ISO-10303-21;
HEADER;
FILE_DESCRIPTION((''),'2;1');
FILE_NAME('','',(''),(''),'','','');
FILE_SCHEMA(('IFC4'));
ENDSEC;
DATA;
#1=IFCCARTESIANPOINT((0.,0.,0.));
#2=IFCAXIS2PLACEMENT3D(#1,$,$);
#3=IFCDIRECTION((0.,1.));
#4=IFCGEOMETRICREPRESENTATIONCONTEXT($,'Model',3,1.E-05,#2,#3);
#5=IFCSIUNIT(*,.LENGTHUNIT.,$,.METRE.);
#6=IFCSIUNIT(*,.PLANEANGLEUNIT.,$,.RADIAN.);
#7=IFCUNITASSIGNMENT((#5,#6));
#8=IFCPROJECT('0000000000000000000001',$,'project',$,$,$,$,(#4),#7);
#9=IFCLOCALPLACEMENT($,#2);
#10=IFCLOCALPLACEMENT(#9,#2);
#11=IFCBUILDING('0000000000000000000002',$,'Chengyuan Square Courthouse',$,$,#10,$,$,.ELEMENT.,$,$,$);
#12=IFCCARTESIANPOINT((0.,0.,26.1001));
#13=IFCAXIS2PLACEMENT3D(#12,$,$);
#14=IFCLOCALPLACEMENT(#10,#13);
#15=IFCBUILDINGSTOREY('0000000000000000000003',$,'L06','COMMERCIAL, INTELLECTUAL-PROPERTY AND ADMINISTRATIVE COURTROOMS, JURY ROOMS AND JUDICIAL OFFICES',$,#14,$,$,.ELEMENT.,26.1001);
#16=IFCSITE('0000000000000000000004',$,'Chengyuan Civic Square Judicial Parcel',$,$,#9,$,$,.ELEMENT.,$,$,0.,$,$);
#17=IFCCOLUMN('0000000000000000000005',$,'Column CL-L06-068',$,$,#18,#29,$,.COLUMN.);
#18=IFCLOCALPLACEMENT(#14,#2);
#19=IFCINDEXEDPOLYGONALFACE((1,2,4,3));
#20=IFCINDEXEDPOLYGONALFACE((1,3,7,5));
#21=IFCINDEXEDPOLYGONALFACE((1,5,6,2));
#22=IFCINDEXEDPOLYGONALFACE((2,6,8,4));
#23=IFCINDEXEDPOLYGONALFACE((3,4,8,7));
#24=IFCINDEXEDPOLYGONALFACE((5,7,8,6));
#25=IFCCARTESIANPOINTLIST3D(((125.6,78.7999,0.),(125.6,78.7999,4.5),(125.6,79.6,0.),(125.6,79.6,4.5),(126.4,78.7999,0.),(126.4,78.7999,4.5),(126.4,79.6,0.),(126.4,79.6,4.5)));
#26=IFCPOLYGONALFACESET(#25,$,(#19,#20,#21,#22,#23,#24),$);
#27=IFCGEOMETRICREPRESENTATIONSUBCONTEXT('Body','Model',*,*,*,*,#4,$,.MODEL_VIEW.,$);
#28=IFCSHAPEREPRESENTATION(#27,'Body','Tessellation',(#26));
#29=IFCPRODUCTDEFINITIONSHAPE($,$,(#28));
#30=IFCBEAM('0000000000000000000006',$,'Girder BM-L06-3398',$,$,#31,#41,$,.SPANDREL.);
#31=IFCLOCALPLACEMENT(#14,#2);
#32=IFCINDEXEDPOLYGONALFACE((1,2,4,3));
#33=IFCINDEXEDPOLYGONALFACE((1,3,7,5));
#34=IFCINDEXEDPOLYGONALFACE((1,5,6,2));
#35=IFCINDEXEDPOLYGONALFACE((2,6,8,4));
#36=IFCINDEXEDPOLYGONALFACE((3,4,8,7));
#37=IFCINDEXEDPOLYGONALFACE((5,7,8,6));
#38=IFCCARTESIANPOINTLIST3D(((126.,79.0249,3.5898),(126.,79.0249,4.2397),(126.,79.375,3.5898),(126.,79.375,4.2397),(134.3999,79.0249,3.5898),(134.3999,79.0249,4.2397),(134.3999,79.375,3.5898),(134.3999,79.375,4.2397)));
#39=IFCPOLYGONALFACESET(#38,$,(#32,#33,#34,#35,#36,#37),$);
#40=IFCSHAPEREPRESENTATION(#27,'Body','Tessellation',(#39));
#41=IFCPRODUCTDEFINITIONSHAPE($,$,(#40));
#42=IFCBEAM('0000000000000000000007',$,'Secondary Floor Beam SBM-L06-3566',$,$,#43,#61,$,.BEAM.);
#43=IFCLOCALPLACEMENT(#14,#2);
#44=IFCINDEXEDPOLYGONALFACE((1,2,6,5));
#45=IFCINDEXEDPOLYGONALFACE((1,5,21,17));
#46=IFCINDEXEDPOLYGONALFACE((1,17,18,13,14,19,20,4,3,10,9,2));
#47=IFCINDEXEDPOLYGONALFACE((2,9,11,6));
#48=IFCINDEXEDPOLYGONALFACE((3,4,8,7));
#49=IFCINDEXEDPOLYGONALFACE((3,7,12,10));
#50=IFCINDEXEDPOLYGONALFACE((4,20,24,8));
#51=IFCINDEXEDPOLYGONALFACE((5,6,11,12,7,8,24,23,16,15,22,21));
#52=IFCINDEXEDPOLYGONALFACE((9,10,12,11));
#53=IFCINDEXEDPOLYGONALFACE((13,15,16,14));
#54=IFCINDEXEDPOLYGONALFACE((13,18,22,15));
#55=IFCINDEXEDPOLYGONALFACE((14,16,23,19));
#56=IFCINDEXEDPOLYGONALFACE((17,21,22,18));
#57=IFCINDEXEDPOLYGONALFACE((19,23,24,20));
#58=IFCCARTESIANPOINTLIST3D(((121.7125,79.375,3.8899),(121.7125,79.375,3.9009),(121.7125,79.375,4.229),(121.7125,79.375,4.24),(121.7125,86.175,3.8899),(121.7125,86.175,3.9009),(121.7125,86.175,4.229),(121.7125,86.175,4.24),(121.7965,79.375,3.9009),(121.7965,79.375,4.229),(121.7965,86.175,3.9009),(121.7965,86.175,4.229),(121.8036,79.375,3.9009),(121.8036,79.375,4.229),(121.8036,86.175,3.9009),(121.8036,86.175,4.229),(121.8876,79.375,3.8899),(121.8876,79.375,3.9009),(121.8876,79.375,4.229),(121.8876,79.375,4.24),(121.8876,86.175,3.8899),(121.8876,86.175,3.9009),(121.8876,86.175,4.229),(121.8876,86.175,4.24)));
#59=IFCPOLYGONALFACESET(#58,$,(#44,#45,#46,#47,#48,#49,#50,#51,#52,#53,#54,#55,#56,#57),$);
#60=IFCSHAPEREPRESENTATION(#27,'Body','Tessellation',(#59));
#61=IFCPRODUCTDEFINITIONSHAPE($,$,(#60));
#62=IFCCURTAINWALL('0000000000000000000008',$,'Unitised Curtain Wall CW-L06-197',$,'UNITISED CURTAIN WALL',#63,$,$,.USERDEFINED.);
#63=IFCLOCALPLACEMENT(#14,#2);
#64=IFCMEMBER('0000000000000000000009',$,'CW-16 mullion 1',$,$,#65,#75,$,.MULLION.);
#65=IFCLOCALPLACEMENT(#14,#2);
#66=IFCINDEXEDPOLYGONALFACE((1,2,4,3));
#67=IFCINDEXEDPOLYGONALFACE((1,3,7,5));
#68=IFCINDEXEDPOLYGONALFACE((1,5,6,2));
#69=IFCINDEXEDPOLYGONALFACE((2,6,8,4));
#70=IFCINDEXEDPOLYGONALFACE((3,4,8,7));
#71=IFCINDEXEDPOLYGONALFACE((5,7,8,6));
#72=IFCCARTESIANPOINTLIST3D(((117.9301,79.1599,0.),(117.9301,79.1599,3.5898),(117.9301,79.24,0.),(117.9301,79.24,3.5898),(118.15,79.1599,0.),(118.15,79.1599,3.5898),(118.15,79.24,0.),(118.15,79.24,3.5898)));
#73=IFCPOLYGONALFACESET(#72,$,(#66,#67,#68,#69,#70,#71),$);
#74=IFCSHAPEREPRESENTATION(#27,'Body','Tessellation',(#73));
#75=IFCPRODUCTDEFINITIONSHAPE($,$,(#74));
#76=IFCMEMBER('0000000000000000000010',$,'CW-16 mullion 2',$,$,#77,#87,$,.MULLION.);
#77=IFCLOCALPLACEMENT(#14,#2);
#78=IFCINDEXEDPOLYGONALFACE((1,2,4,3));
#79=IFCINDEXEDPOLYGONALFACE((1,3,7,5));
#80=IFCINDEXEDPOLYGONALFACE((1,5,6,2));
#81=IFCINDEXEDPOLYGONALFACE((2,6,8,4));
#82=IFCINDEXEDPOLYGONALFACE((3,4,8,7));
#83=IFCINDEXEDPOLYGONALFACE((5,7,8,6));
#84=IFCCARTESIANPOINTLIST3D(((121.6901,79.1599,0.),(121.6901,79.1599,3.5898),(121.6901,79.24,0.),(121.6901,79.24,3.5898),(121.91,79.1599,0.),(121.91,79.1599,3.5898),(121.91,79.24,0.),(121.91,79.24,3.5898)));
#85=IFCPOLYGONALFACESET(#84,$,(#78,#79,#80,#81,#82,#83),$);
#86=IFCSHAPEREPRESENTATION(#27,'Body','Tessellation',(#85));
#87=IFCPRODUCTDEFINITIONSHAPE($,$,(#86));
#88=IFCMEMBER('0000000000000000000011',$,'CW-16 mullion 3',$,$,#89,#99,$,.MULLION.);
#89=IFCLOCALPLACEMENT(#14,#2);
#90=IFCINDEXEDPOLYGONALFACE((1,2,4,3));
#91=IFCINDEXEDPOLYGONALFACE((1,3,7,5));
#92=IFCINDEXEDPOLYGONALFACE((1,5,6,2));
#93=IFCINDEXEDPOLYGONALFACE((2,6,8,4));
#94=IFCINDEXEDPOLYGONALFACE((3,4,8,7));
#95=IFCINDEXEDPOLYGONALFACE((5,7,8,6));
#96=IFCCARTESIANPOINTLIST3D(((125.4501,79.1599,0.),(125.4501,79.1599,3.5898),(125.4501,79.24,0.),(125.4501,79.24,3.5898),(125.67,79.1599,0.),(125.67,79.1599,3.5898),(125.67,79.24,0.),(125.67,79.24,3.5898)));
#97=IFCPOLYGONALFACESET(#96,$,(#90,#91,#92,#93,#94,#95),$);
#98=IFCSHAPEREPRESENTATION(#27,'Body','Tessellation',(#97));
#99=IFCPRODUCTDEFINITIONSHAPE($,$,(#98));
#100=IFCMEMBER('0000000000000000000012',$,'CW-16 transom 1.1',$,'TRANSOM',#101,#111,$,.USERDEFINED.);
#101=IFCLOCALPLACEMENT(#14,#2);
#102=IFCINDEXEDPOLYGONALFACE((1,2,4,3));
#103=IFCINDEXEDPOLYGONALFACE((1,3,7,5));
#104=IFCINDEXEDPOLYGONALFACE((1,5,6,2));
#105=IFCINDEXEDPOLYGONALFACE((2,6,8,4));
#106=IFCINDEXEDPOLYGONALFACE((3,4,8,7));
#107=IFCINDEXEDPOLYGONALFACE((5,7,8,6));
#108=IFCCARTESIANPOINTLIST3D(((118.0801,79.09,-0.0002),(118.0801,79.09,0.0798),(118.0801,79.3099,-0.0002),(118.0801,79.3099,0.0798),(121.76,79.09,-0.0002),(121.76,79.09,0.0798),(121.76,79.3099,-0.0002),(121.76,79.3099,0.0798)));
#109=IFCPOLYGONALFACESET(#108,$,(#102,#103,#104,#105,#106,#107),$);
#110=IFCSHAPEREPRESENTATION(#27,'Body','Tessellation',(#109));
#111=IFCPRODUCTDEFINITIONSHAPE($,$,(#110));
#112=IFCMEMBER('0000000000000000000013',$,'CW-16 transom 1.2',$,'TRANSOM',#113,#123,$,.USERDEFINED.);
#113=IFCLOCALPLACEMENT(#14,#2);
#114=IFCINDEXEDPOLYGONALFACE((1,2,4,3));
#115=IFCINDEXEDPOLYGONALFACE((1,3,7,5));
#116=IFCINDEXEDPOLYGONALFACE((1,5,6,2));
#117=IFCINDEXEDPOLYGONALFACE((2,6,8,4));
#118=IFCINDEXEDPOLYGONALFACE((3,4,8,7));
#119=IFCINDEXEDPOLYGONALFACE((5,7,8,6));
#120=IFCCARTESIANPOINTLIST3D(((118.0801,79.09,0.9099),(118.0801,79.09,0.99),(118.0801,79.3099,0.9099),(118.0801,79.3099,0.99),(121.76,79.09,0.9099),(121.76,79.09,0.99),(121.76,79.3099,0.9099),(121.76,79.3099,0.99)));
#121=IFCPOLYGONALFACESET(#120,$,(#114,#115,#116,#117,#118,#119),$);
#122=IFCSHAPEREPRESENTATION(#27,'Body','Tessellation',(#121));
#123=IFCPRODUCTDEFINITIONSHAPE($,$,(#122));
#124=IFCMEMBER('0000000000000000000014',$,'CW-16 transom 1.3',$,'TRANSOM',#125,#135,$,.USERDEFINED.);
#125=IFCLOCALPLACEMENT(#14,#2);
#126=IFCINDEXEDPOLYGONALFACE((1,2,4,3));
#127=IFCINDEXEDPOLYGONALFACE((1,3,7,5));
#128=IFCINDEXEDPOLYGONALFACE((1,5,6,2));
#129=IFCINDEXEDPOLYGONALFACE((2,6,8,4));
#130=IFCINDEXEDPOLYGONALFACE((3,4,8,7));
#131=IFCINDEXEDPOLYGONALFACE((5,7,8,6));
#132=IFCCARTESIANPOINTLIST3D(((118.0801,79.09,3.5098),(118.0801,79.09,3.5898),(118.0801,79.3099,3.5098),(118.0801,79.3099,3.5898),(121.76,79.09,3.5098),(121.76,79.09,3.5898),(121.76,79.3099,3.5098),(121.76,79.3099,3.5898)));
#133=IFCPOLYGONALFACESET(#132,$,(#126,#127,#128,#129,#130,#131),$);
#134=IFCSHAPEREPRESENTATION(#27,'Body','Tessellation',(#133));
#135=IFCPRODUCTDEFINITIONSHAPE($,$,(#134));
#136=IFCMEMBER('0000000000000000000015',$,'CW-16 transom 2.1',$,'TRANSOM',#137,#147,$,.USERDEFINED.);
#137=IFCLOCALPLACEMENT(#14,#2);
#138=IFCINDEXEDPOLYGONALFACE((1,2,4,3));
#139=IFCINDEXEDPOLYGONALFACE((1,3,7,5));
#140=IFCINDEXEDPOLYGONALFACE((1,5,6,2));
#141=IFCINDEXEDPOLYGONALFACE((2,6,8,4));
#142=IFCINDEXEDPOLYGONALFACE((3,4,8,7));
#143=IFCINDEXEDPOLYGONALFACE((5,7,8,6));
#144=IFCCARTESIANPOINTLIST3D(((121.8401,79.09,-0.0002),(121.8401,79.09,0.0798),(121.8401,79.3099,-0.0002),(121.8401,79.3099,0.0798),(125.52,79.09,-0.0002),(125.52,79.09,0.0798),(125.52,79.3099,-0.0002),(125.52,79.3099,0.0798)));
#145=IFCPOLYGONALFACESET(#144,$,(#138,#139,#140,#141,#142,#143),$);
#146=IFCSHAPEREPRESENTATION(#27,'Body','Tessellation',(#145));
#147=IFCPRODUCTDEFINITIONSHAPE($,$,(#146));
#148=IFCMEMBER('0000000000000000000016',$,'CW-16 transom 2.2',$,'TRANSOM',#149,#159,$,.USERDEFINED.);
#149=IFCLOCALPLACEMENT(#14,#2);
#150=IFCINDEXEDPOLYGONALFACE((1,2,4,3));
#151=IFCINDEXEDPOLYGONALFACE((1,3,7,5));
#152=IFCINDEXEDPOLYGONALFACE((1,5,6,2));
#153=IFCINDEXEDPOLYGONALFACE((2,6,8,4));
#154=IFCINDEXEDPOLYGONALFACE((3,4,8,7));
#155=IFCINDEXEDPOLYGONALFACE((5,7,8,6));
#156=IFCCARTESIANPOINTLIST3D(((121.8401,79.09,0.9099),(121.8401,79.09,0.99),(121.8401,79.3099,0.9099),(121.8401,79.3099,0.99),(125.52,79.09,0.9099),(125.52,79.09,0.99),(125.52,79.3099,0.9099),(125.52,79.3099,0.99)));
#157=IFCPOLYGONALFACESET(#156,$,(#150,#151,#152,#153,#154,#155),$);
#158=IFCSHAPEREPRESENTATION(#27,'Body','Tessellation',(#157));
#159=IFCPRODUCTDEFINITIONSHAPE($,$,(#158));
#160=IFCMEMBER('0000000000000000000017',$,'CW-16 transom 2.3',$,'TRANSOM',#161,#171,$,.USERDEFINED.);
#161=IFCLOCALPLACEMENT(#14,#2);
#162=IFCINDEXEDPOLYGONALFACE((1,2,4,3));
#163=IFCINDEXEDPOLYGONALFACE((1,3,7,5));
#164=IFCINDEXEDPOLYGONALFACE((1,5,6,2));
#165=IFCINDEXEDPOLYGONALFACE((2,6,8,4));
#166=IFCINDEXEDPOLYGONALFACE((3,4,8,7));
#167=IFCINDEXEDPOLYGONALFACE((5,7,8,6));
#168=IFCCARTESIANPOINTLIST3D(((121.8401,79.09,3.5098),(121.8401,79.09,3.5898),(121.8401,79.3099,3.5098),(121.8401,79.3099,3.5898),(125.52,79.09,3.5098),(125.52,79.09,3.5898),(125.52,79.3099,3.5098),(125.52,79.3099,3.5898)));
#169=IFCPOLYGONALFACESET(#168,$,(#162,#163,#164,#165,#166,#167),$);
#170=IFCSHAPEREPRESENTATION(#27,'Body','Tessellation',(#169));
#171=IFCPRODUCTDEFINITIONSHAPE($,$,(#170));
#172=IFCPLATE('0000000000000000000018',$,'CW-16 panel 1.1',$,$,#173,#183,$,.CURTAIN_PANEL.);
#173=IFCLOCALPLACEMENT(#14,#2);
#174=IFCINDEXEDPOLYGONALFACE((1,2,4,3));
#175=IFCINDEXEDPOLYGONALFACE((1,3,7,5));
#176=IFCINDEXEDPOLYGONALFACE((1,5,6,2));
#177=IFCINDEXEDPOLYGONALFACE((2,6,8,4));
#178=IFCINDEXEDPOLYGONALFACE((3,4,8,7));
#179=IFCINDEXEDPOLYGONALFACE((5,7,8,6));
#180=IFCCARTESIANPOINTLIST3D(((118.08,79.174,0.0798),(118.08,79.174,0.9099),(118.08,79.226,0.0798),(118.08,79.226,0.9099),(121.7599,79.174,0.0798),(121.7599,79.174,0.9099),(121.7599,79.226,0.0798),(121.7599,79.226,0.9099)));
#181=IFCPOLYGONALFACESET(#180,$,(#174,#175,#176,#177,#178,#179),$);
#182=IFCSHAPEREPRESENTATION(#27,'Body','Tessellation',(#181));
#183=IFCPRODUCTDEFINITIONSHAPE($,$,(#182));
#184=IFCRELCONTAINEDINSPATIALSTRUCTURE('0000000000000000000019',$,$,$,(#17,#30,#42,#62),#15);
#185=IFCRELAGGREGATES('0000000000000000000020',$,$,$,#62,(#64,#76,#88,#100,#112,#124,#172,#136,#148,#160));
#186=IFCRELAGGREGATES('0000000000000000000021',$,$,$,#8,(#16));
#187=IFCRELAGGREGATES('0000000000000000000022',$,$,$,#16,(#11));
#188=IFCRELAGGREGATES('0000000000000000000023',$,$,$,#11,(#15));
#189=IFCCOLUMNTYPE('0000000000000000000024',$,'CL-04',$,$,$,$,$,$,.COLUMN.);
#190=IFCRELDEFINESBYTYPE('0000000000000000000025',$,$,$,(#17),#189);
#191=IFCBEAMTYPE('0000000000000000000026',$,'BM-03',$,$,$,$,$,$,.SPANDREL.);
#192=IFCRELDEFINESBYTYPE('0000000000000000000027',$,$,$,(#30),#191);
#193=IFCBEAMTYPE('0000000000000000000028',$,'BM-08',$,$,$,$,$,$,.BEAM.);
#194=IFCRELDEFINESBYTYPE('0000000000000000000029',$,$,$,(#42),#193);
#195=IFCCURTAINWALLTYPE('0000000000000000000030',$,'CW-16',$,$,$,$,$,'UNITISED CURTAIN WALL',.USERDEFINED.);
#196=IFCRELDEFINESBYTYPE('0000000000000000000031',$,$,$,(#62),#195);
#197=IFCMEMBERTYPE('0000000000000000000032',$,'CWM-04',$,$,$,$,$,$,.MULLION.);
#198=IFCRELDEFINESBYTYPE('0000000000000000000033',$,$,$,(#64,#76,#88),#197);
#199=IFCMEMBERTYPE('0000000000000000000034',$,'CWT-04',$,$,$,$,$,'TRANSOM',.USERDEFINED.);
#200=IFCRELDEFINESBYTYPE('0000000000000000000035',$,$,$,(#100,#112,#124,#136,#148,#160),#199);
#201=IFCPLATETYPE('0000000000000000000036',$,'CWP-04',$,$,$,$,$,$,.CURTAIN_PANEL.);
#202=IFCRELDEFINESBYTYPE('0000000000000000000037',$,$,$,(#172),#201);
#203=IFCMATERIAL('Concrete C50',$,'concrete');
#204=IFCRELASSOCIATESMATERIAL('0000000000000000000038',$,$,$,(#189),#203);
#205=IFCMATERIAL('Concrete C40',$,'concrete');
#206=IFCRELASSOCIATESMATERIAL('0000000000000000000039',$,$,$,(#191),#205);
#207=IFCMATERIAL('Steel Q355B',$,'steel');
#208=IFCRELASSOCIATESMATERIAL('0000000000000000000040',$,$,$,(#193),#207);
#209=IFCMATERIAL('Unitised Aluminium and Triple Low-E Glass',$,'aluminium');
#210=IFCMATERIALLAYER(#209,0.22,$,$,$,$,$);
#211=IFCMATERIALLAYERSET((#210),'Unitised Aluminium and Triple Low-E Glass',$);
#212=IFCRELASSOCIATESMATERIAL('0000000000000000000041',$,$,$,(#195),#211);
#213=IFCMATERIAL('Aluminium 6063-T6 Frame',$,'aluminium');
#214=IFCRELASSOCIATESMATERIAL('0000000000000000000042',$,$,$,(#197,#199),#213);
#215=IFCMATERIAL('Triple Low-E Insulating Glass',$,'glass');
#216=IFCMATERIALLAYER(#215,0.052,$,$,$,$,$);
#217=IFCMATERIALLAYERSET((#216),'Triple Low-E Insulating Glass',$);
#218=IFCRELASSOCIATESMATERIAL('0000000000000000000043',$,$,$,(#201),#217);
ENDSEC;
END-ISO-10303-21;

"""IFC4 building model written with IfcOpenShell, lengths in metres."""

from ifc_helpers import new_model, si_unit, direction, frame, origin, origin_2d, place, context, subcontext, project, spatial, rectangle, i_section, extrude, material, layer, layer_set, material_profile, profile_set, type_object, element, aggregate, save


model = new_model("IFC4")

# Units and contexts
model_context = context("Model", 3, precision=1e-05, world=origin(), true_north=direction((0.0, 1.0)))
body_context = subcontext(model_context, "Body", "Model", "MODEL_VIEW")
ifc_project = project(units=[si_unit("LENGTHUNIT", "METRE"), si_unit("PLANEANGLEUNIT", "RADIAN")], contexts=[model_context])

# Site, building, storey
site_placement = place(None, origin())
site = spatial("IfcSite", under=ifc_project, at=site_placement, Name="Chengyuan Civic Square Judicial Parcel", CompositionType="ELEMENT", RefElevation=0.0)
building_placement = place(site_placement, origin())
building = spatial("IfcBuilding", under=site, at=building_placement, Name="Chengyuan Square Courthouse", CompositionType="ELEMENT")
storey_placement = place(building_placement, frame((0.0, 0.0, 26.1001)))
storey = spatial("IfcBuildingStorey", under=building, at=storey_placement, Name="L06", Description="COMMERCIAL, INTELLECTUAL-PROPERTY AND ADMINISTRATIVE COURTROOMS, JURY ROOMS AND JUDICIAL OFFICES", CompositionType="ELEMENT", Elevation=26.1001)

# Column
ifc_material_1 = material(Name="Concrete C50", Category="concrete")
ifc_material_profile_1 = material_profile(ifc_material_1, rectangle(XDim=0.8, YDim=0.8, at=origin_2d()), Name="RC-COL-800x800")
ifc_profile_set_1 = profile_set([ifc_material_profile_1], Name="Concrete C50")
column_type = type_object("IfcColumnType", Name="CL-04", PredefinedType="COLUMN", material=ifc_profile_set_1)
column_placement = place(storey_placement, frame((126.0, 79.2, 0.0), z_axis=(0.0, 0.0, 1.0), x_axis=(1.0, 0.0, 0.0)))
element("IfcColumn", 1, at=column_placement, inside=storey, type_object=column_type, Name="Column CL-L06-068", PredefinedType="COLUMN", context=body_context, shape_type="SweptSolid", body=[
    extrude(rectangle(XDim=0.8, YDim=0.8, at=origin_2d()), origin(), (0.0, 0.0, 1.0), 4.5),
])

# Beams
ifc_material_2 = material(Name="Concrete C40", Category="concrete")
ifc_material_profile_2 = material_profile(ifc_material_2, rectangle(XDim=0.3501, YDim=0.6499, at=origin_2d()), Name="RC-BM-350x650")
ifc_profile_set_2 = profile_set([ifc_material_profile_2], Name="Concrete C40")
beam_type_1 = type_object("IfcBeamType", Name="BM-03", PredefinedType="SPANDREL", material=ifc_profile_set_2)
beam_1_placement = place(storey_placement, frame((126.0, 79.2, 3.9148), z_axis=(1.0, 0.0, 0.0), x_axis=(0.0, 1.0, 0.0)))
element("IfcBeam", 2, at=beam_1_placement, inside=storey, type_object=beam_type_1, Name="Girder BM-L06-3398", PredefinedType="SPANDREL", context=body_context, shape_type="SweptSolid", body=[
    extrude(rectangle(XDim=0.3501, YDim=0.6499, at=origin_2d()), origin(), (0.0, 0.0, 1.0), 8.3999),
])
ifc_material_3 = material(Name="Steel Q355B", Category="steel")
ifc_material_profile_3 = material_profile(ifc_material_3, i_section(OverallWidth=0.175, OverallDepth=0.3501, WebThickness=0.0071, FlangeThickness=0.011, at=origin_2d()), Name="HN 350x175x7x11")
ifc_profile_set_3 = profile_set([ifc_material_profile_3], Name="Steel Q355B")
beam_type_2 = type_object("IfcBeamType", Name="BM-08", PredefinedType="BEAM", material=ifc_profile_set_3)
beam_2_placement = place(storey_placement, frame((121.8, 79.375, 4.0649), z_axis=(0.0, 1.0, 0.0), x_axis=(-1.0, 0.0, 0.0)))
element("IfcBeam", 3, at=beam_2_placement, inside=storey, type_object=beam_type_2, Name="Secondary Floor Beam SBM-L06-3566", PredefinedType="BEAM", context=body_context, shape_type="SweptSolid", body=[
    extrude(i_section(OverallWidth=0.175, OverallDepth=0.3501, WebThickness=0.0071, FlangeThickness=0.011, at=origin_2d()), origin(), (0.0, 0.0, 1.0), 6.8),
])

# Curtain wall, members, plate
ifc_material_4 = material(Name="Unitised Aluminium and Triple Low-E Glass", Category="aluminium")
ifc_layer_1 = layer(ifc_material_4, 0.22)
ifc_layer_set_1 = layer_set([ifc_layer_1], Name="Unitised Aluminium and Triple Low-E Glass")
curtain_wall_type = type_object("IfcCurtainWallType", Name="CW-16", ElementType="UNITISED CURTAIN WALL", PredefinedType="USERDEFINED", material=ifc_layer_set_1)
curtain_wall_placement = place(storey_placement, origin())
curtain_wall = element("IfcCurtainWall", 4, at=curtain_wall_placement, inside=storey, type_object=curtain_wall_type, Name="Unitised Curtain Wall CW-L06-197", ObjectType="UNITISED CURTAIN WALL", PredefinedType="USERDEFINED")
ifc_material_5 = material(Name="Aluminium 6063-T6 Frame", Category="aluminium")
ifc_material_profile_4 = material_profile(ifc_material_5, rectangle(XDim=0.0801, YDim=0.22, at=origin_2d()), Name="CW-MUL-80x220")
ifc_profile_set_4 = profile_set([ifc_material_profile_4], Name="Aluminium 6063-T6 Frame")
member_type_1 = type_object("IfcMemberType", Name="CWM-04", PredefinedType="MULLION", material=ifc_profile_set_4)
member_1_placement = place(storey_placement, frame((118.04, 79.2, 0.0), z_axis=(0.0, 0.0, 1.0), x_axis=(0.0, 1.0, 0.0)))
member_1 = element("IfcMember", 5, at=member_1_placement, type_object=member_type_1, Name="CW-16 mullion 1", PredefinedType="MULLION", context=body_context, shape_type="SweptSolid", body=[
    extrude(rectangle(XDim=0.0801, YDim=0.22, at=origin_2d()), origin(), (0.0, 0.0, 1.0), 3.5898),
])
member_2_placement = place(storey_placement, frame((121.8, 79.2, 0.0), z_axis=(0.0, 0.0, 1.0), x_axis=(0.0, 1.0, 0.0)))
member_2 = element("IfcMember", 6, at=member_2_placement, type_object=member_type_1, Name="CW-16 mullion 2", PredefinedType="MULLION", context=body_context, shape_type="SweptSolid", body=[
    extrude(rectangle(XDim=0.0801, YDim=0.22, at=origin_2d()), origin(), (0.0, 0.0, 1.0), 3.5898),
])
member_3_placement = place(storey_placement, frame((125.5601, 79.2, 0.0), z_axis=(0.0, 0.0, 1.0), x_axis=(0.0, 1.0, 0.0)))
member_3 = element("IfcMember", 7, at=member_3_placement, type_object=member_type_1, Name="CW-16 mullion 3", PredefinedType="MULLION", context=body_context, shape_type="SweptSolid", body=[
    extrude(rectangle(XDim=0.0801, YDim=0.22, at=origin_2d()), origin(), (0.0, 0.0, 1.0), 3.5898),
])
ifc_material_profile_5 = material_profile(ifc_material_5, rectangle(XDim=0.22, YDim=0.0801, at=origin_2d()), Name="CW-TRN-80x180")
ifc_profile_set_5 = profile_set([ifc_material_profile_5], Name="Aluminium 6063-T6 Frame")
member_type_2 = type_object("IfcMemberType", Name="CWT-04", ElementType="TRANSOM", PredefinedType="USERDEFINED", material=ifc_profile_set_5)
member_4_placement = place(storey_placement, frame((118.0801, 79.2, 0.0398), z_axis=(1.0, 0.0, 0.0), x_axis=(0.0, 1.0, 0.0)))
member_4 = element("IfcMember", 8, at=member_4_placement, type_object=member_type_2, Name="CW-16 transom 1.1", ObjectType="TRANSOM", PredefinedType="USERDEFINED", context=body_context, shape_type="SweptSolid", body=[
    extrude(rectangle(XDim=0.22, YDim=0.0801, at=origin_2d()), origin(), (0.0, 0.0, 1.0), 3.6799),
])
member_5_placement = place(storey_placement, frame((118.0801, 79.2, 0.95), z_axis=(1.0, 0.0, 0.0), x_axis=(0.0, 1.0, 0.0)))
member_5 = element("IfcMember", 9, at=member_5_placement, type_object=member_type_2, Name="CW-16 transom 1.2", ObjectType="TRANSOM", PredefinedType="USERDEFINED", context=body_context, shape_type="SweptSolid", body=[
    extrude(rectangle(XDim=0.22, YDim=0.0801, at=origin_2d()), origin(), (0.0, 0.0, 1.0), 3.6799),
])
member_6_placement = place(storey_placement, frame((118.0801, 79.2, 3.5498), z_axis=(1.0, 0.0, 0.0), x_axis=(0.0, 1.0, 0.0)))
member_6 = element("IfcMember", 10, at=member_6_placement, type_object=member_type_2, Name="CW-16 transom 1.3", ObjectType="TRANSOM", PredefinedType="USERDEFINED", context=body_context, shape_type="SweptSolid", body=[
    extrude(rectangle(XDim=0.22, YDim=0.0801, at=origin_2d()), origin(), (0.0, 0.0, 1.0), 3.6799),
])
member_7_placement = place(storey_placement, frame((121.8401, 79.2, 0.0398), z_axis=(1.0, 0.0, 0.0), x_axis=(0.0, 1.0, 0.0)))
member_7 = element("IfcMember", 11, at=member_7_placement, type_object=member_type_2, Name="CW-16 transom 2.1", ObjectType="TRANSOM", PredefinedType="USERDEFINED", context=body_context, shape_type="SweptSolid", body=[
    extrude(rectangle(XDim=0.22, YDim=0.0801, at=origin_2d()), origin(), (0.0, 0.0, 1.0), 3.6799),
])
member_8_placement = place(storey_placement, frame((121.8401, 79.2, 0.95), z_axis=(1.0, 0.0, 0.0), x_axis=(0.0, 1.0, 0.0)))
member_8 = element("IfcMember", 12, at=member_8_placement, type_object=member_type_2, Name="CW-16 transom 2.2", ObjectType="TRANSOM", PredefinedType="USERDEFINED", context=body_context, shape_type="SweptSolid", body=[
    extrude(rectangle(XDim=0.22, YDim=0.0801, at=origin_2d()), origin(), (0.0, 0.0, 1.0), 3.6799),
])
member_9_placement = place(storey_placement, frame((121.8401, 79.2, 3.5498), z_axis=(1.0, 0.0, 0.0), x_axis=(0.0, 1.0, 0.0)))
member_9 = element("IfcMember", 13, at=member_9_placement, type_object=member_type_2, Name="CW-16 transom 2.3", ObjectType="TRANSOM", PredefinedType="USERDEFINED", context=body_context, shape_type="SweptSolid", body=[
    extrude(rectangle(XDim=0.22, YDim=0.0801, at=origin_2d()), origin(), (0.0, 0.0, 1.0), 3.6799),
])
ifc_material_6 = material(Name="Triple Low-E Insulating Glass", Category="glass")
ifc_layer_2 = layer(ifc_material_6, 0.052)
ifc_layer_set_2 = layer_set([ifc_layer_2], Name="Triple Low-E Insulating Glass")
plate_type = type_object("IfcPlateType", Name="CWP-04", PredefinedType="CURTAIN_PANEL", material=ifc_layer_set_2)
plate_1_placement = place(storey_placement, frame((119.9199, 79.2, 0.0798), z_axis=(0.0, 0.0, 1.0), x_axis=(1.0, 0.0, 0.0)))
plate_1 = element("IfcPlate", 14, at=plate_1_placement, type_object=plate_type, Name="CW-16 panel 1.1", PredefinedType="CURTAIN_PANEL", context=body_context, shape_type="SweptSolid", body=[
    extrude(rectangle(XDim=3.6799, YDim=0.052, at=origin_2d()), origin(), (0.0, 0.0, 1.0), 0.8301),
])
aggregate(curtain_wall, [member_1, member_2, member_3, member_4, member_5, member_6, plate_1, member_7, member_8, member_9])

save(model, "model.ifc")
